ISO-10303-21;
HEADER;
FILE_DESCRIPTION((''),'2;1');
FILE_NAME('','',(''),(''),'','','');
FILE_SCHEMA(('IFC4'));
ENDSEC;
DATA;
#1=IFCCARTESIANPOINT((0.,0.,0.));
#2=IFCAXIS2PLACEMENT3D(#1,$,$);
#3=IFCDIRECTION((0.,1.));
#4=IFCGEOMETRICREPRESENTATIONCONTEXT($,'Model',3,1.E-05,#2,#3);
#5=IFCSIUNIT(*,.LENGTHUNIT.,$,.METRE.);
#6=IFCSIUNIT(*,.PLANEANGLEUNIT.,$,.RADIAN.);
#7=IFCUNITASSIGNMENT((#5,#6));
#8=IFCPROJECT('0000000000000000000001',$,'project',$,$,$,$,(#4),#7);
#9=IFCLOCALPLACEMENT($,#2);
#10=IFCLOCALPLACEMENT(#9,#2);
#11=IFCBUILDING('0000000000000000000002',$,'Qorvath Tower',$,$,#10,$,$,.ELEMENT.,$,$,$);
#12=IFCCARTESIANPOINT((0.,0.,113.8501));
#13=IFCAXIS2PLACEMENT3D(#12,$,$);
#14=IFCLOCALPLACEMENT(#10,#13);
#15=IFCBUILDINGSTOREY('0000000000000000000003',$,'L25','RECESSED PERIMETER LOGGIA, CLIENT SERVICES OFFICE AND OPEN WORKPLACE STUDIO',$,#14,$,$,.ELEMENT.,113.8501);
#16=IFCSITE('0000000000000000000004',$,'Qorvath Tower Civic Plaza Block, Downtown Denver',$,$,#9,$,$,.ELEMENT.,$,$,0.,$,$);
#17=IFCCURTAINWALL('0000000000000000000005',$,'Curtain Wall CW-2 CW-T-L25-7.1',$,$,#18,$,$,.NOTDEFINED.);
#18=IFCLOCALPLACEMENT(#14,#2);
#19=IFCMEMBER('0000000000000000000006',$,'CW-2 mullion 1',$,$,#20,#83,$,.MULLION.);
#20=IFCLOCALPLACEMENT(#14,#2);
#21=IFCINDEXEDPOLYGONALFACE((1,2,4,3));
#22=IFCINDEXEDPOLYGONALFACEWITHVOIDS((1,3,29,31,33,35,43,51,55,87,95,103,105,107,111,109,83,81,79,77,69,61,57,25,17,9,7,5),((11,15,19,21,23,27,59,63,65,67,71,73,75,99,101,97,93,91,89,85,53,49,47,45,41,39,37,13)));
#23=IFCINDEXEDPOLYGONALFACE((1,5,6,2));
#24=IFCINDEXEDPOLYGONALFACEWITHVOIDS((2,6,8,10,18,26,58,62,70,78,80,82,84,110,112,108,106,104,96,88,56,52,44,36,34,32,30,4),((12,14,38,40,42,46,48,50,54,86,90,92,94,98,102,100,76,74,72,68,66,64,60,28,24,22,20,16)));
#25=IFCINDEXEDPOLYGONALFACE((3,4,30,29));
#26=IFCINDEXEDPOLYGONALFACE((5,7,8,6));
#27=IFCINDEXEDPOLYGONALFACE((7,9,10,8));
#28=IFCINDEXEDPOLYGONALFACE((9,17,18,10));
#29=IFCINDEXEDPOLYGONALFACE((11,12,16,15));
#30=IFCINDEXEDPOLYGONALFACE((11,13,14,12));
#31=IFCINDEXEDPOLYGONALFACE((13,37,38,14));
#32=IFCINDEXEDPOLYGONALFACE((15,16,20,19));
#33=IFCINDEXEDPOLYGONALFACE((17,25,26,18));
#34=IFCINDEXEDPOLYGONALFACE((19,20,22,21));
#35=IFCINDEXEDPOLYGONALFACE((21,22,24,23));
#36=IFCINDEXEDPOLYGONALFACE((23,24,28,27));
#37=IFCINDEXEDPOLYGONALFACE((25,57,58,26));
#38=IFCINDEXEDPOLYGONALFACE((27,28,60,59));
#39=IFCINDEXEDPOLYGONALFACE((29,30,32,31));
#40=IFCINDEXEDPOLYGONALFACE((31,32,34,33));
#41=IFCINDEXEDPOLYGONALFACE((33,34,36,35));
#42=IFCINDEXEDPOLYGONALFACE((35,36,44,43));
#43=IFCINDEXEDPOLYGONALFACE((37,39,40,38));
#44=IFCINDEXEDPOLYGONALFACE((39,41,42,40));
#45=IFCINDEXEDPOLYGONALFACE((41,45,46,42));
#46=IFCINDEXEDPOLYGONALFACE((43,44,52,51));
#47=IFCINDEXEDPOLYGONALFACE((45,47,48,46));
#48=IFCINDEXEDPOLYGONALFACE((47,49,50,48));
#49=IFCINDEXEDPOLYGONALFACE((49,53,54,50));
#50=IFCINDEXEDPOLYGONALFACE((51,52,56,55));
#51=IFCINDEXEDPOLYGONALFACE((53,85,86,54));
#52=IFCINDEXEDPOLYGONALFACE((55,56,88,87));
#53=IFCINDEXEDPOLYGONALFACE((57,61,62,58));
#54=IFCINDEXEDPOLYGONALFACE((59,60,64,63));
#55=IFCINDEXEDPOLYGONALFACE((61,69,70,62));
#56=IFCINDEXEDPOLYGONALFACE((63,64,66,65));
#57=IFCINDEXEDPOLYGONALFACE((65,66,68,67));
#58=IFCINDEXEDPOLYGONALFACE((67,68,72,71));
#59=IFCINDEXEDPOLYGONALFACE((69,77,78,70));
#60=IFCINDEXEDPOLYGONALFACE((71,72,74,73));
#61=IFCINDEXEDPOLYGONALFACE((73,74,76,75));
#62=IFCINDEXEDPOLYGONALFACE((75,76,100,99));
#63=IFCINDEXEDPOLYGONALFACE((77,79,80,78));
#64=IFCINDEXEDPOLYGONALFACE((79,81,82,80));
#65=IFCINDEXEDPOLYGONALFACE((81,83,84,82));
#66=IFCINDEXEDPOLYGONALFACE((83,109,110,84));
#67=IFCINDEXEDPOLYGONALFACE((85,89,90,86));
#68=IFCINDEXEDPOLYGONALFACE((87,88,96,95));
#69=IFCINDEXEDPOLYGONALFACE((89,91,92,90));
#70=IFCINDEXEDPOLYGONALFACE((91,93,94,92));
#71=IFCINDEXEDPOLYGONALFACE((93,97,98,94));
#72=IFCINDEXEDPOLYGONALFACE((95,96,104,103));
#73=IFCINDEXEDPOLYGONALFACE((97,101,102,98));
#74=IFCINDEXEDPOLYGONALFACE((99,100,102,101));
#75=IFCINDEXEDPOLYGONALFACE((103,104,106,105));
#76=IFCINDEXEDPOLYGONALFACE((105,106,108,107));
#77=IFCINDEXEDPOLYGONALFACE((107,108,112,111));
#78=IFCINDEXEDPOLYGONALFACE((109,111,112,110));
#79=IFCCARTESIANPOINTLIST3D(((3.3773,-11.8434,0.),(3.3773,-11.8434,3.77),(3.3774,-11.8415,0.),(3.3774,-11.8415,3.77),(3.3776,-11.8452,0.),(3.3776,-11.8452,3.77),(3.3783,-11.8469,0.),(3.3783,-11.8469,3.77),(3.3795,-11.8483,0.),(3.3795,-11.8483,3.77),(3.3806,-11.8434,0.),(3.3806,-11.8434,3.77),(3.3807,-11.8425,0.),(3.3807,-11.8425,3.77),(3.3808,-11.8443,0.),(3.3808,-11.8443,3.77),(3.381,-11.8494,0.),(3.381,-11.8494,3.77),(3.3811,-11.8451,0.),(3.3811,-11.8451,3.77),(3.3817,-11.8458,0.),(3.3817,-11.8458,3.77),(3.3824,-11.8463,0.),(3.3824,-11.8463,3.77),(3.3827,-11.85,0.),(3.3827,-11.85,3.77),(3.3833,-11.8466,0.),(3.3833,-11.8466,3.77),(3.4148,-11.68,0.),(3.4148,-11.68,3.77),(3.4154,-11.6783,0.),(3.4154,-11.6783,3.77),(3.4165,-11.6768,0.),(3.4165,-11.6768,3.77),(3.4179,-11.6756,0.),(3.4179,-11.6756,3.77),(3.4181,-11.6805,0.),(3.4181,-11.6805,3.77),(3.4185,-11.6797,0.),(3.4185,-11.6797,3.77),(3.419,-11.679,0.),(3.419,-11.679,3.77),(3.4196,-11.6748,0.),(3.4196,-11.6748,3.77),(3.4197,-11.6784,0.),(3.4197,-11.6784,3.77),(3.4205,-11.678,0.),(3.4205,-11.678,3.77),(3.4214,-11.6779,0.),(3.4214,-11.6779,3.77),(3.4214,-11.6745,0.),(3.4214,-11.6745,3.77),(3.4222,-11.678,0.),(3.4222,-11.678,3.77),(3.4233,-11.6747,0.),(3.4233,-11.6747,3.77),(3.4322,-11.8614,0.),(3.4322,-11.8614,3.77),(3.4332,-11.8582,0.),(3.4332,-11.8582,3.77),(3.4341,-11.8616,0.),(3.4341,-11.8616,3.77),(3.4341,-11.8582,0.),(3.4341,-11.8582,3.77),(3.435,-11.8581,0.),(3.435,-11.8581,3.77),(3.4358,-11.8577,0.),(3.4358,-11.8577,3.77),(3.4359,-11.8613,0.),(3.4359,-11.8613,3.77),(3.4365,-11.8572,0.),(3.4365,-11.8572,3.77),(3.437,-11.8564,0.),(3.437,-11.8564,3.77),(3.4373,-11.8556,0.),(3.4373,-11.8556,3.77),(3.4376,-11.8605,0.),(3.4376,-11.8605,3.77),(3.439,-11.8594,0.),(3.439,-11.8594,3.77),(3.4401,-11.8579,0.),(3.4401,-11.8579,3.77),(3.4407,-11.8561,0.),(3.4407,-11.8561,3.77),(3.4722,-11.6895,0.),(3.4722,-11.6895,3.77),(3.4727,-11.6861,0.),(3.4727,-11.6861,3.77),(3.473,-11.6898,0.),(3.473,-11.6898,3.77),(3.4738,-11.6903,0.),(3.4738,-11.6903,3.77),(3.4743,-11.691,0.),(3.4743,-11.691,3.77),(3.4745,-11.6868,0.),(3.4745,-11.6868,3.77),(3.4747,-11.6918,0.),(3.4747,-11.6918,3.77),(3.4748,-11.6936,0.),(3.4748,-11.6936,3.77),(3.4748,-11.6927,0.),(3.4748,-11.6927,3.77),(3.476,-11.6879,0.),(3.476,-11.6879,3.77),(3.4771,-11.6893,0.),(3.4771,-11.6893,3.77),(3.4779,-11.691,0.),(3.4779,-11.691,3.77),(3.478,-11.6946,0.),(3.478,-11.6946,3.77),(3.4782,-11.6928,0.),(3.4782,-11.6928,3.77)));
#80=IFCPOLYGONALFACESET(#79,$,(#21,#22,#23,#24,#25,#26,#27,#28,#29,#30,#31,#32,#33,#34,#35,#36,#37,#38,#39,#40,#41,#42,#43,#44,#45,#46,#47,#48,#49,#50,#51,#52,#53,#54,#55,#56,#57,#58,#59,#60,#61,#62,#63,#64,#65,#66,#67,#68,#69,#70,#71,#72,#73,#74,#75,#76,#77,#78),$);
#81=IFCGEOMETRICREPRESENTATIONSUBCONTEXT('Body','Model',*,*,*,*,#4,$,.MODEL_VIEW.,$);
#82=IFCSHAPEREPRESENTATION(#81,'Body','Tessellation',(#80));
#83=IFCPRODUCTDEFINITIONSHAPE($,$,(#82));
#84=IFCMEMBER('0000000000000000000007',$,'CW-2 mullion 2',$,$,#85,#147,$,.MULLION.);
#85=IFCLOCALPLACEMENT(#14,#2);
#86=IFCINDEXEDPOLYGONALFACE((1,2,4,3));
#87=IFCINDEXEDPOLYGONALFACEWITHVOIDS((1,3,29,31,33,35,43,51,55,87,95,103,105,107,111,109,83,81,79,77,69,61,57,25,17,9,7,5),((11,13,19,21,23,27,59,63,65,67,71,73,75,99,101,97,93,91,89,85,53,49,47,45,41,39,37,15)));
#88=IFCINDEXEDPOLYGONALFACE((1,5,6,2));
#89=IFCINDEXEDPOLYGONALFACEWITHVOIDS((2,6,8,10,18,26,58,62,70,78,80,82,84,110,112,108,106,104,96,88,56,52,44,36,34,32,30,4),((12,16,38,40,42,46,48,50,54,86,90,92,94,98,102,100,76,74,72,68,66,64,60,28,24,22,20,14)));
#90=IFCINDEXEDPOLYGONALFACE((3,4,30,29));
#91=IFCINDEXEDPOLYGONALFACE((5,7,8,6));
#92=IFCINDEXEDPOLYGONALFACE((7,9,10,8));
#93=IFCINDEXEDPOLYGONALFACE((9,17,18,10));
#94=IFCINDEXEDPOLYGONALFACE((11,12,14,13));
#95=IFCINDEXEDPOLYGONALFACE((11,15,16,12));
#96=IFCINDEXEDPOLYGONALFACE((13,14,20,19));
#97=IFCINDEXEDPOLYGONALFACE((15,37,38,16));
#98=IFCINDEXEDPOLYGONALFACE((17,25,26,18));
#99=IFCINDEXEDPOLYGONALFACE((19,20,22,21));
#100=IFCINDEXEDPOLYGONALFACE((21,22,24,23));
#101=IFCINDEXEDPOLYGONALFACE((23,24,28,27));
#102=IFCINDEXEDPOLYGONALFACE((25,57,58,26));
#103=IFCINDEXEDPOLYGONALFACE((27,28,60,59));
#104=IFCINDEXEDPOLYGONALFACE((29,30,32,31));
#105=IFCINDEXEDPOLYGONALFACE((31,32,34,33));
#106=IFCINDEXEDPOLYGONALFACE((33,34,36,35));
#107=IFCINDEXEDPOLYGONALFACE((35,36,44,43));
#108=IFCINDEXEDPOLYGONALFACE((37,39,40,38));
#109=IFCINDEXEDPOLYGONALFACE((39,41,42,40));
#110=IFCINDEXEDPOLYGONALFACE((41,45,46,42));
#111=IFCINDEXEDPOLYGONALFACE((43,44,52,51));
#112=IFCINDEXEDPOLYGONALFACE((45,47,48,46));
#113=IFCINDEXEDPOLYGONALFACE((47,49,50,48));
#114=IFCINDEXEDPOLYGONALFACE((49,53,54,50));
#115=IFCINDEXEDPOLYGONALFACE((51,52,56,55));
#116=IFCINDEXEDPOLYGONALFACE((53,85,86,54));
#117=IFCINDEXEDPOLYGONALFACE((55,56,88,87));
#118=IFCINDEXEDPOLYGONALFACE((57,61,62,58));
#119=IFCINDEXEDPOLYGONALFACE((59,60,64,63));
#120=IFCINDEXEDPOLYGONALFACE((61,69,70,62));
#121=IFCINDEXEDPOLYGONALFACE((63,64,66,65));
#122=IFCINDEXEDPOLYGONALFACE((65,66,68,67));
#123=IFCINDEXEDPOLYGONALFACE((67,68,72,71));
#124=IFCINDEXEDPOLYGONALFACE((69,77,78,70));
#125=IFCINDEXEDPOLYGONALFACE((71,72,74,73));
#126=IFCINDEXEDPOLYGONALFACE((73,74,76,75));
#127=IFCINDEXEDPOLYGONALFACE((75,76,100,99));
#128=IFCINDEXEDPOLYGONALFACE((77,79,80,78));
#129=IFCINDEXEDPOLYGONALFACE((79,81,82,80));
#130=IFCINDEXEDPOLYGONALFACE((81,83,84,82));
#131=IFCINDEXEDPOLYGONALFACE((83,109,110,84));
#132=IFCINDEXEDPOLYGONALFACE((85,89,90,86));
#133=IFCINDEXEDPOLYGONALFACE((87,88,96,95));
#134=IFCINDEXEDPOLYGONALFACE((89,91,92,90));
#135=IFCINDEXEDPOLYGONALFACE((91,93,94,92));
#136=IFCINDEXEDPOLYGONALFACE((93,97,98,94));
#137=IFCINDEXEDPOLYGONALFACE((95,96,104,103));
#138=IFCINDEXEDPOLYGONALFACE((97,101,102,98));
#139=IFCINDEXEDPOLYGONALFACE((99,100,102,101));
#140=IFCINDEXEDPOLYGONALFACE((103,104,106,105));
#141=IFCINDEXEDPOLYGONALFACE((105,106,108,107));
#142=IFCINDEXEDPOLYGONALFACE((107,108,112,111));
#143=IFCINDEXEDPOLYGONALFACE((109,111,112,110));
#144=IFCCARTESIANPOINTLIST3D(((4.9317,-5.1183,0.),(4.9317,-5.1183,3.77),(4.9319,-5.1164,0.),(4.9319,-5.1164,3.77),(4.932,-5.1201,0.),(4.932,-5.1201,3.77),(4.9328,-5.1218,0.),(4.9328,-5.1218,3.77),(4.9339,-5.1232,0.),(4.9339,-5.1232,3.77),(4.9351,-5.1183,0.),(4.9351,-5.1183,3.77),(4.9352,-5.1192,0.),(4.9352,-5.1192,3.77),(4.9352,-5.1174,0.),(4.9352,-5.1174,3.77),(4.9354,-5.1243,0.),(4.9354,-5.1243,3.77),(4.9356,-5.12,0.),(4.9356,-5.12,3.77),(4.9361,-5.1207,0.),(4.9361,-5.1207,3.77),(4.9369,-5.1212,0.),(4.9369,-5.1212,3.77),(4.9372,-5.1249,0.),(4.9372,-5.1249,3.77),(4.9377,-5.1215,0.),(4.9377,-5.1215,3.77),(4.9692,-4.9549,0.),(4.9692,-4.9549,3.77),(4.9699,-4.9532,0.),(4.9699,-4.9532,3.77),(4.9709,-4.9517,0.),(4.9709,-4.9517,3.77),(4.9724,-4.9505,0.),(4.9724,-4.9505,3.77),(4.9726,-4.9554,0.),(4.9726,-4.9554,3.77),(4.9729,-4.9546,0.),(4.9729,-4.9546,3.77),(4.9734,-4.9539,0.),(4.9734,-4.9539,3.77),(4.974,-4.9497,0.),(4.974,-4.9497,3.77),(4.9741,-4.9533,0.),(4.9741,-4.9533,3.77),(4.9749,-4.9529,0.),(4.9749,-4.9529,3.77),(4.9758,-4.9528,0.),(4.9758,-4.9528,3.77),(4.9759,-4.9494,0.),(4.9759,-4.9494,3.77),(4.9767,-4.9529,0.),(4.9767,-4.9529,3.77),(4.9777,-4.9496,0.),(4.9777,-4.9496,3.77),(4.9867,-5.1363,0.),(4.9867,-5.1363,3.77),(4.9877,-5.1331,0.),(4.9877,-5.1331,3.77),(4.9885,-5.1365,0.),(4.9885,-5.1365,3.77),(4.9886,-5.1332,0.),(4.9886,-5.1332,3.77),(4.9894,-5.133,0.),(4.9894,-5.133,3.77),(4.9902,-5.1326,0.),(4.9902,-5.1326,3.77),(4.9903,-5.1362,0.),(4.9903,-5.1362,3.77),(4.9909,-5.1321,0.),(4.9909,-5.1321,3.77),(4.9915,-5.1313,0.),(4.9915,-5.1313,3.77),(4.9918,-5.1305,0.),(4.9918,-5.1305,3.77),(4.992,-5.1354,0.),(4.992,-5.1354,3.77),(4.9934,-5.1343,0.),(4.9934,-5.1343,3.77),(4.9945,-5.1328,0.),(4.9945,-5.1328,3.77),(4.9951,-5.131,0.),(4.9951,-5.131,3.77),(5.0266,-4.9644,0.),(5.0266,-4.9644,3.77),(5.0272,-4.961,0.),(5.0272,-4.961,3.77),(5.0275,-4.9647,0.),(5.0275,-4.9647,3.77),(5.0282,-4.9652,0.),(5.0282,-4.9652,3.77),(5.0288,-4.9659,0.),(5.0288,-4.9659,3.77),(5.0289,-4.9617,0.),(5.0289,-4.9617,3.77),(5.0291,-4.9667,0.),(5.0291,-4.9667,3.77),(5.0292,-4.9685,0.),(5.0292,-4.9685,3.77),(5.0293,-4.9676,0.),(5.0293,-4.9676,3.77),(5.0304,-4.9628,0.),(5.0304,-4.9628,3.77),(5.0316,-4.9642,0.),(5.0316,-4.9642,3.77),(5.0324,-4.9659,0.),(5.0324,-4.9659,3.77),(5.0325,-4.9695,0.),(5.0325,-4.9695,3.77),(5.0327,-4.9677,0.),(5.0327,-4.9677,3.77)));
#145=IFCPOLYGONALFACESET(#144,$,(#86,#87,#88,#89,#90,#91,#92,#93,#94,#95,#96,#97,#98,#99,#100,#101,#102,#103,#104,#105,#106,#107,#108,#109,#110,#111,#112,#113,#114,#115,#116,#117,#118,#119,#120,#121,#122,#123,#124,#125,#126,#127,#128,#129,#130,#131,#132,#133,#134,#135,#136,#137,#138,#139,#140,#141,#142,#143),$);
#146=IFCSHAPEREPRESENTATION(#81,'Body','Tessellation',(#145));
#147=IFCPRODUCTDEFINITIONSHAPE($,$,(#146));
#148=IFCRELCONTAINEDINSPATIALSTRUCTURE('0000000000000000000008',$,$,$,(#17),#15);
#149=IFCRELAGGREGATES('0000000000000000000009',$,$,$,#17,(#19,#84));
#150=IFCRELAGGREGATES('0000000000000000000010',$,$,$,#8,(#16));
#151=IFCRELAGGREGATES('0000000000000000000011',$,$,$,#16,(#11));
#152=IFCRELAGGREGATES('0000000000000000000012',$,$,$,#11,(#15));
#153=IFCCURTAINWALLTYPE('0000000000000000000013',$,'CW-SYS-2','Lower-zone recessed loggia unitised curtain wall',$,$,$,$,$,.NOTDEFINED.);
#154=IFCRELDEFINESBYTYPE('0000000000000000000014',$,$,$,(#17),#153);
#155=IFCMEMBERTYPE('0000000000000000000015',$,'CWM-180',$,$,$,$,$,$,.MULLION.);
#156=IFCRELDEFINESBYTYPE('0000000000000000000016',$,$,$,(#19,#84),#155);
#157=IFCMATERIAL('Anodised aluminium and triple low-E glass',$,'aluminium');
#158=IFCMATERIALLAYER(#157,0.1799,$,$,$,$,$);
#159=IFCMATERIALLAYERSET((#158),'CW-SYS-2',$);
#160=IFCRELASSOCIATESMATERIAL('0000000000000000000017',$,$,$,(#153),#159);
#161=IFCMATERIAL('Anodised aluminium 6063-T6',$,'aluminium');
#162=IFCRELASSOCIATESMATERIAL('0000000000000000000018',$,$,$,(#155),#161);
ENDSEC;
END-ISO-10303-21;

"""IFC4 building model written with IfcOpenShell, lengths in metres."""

from ifc_helpers import new_model, si_unit, direction, frame, origin, origin_2d, place, context, subcontext, project, spatial, hollow_rectangle, extrude, material, layer, layer_set, material_profile, profile_set, type_object, element, aggregate, save


model = new_model("IFC4")

# Units and contexts
model_context = context("Model", 3, precision=1e-05, world=origin(), true_north=direction((0.0, 1.0)))
body_context = subcontext(model_context, "Body", "Model", "MODEL_VIEW")
ifc_project = project(units=[si_unit("LENGTHUNIT", "METRE"), si_unit("PLANEANGLEUNIT", "RADIAN")], contexts=[model_context])

# Site, building, storey
site_placement = place(None, origin())
site = spatial("IfcSite", under=ifc_project, at=site_placement, Name="Qorvath Tower Civic Plaza Block, Downtown Denver", CompositionType="ELEMENT", RefElevation=0.0)
building_placement = place(site_placement, origin())
building = spatial("IfcBuilding", under=site, at=building_placement, Name="Qorvath Tower", CompositionType="ELEMENT")
storey_placement = place(building_placement, frame((0.0, 0.0, 113.8501)))
storey = spatial("IfcBuildingStorey", under=building, at=storey_placement, Name="L25", Description="RECESSED PERIMETER LOGGIA, CLIENT SERVICES OFFICE AND OPEN WORKPLACE STUDIO", CompositionType="ELEMENT", Elevation=113.8501)

# Curtain wall, members
ifc_material_1 = material(Name="Anodised aluminium and triple low-E glass", Category="aluminium")
ifc_layer_1 = layer(ifc_material_1, 0.1799)
ifc_layer_set_1 = layer_set([ifc_layer_1], Name="CW-SYS-2")
curtain_wall_type = type_object("IfcCurtainWallType", Name="CW-SYS-2", Description="Lower-zone recessed loggia unitised curtain wall", PredefinedType="NOTDEFINED", material=ifc_layer_set_1)
ifc_material_2 = material(Name="Anodised aluminium 6063-T6", Category="aluminium")
ifc_material_profile_1 = material_profile(ifc_material_2, hollow_rectangle(XDim=0.0649, YDim=0.1799, WallThickness=0.0034, InnerFilletRadius=0.0034, OuterFilletRadius=0.0071, at=origin_2d()), Name="CWM 180x65")
ifc_profile_set_1 = profile_set([ifc_material_profile_1], Name="Anodised aluminium 6063-T6")
member_type_1 = type_object("IfcMemberType", Name="CWM-180", PredefinedType="MULLION", material=ifc_profile_set_1)
curtain_wall_1_placement = place(storey_placement, origin())
curtain_wall_1 = element("IfcCurtainWall", 1, at=curtain_wall_1_placement, inside=storey, type_object=curtain_wall_type, Name="Curtain Wall CW-2 CW-T-L25-7.1", PredefinedType="NOTDEFINED")
member_1_placement = place(storey_placement, frame((3.4277, -11.7681, 0.0), z_axis=(0.0, 0.0, 1.0), x_axis=(-0.974313, 0.2252, 0.0)))
member_1 = element("IfcMember", 2, at=member_1_placement, type_object=member_type_1, Name="CW-2 mullion 1", PredefinedType="MULLION", context=body_context, shape_type="SweptSolid", body=[
    extrude(hollow_rectangle(XDim=0.0649, YDim=0.1799, WallThickness=0.0034, InnerFilletRadius=0.0034, OuterFilletRadius=0.0071, at=origin_2d()), origin(), (0.0, 0.0, 1.0), 3.77),
])
member_2_placement = place(storey_placement, frame((4.9822, -5.043, 0.0), z_axis=(0.0, 0.0, 1.0), x_axis=(-0.974313, 0.2252, 0.0)))
member_2 = element("IfcMember", 3, at=member_2_placement, type_object=member_type_1, Name="CW-2 mullion 2", PredefinedType="MULLION", context=body_context, shape_type="SweptSolid", body=[
    extrude(hollow_rectangle(XDim=0.0649, YDim=0.1799, WallThickness=0.0034, InnerFilletRadius=0.0034, OuterFilletRadius=0.0071, at=origin_2d()), origin(), (0.0, 0.0, 1.0), 3.77),
])

aggregate(curtain_wall_1, [member_1, member_2])

save(model, "model.ifc")
